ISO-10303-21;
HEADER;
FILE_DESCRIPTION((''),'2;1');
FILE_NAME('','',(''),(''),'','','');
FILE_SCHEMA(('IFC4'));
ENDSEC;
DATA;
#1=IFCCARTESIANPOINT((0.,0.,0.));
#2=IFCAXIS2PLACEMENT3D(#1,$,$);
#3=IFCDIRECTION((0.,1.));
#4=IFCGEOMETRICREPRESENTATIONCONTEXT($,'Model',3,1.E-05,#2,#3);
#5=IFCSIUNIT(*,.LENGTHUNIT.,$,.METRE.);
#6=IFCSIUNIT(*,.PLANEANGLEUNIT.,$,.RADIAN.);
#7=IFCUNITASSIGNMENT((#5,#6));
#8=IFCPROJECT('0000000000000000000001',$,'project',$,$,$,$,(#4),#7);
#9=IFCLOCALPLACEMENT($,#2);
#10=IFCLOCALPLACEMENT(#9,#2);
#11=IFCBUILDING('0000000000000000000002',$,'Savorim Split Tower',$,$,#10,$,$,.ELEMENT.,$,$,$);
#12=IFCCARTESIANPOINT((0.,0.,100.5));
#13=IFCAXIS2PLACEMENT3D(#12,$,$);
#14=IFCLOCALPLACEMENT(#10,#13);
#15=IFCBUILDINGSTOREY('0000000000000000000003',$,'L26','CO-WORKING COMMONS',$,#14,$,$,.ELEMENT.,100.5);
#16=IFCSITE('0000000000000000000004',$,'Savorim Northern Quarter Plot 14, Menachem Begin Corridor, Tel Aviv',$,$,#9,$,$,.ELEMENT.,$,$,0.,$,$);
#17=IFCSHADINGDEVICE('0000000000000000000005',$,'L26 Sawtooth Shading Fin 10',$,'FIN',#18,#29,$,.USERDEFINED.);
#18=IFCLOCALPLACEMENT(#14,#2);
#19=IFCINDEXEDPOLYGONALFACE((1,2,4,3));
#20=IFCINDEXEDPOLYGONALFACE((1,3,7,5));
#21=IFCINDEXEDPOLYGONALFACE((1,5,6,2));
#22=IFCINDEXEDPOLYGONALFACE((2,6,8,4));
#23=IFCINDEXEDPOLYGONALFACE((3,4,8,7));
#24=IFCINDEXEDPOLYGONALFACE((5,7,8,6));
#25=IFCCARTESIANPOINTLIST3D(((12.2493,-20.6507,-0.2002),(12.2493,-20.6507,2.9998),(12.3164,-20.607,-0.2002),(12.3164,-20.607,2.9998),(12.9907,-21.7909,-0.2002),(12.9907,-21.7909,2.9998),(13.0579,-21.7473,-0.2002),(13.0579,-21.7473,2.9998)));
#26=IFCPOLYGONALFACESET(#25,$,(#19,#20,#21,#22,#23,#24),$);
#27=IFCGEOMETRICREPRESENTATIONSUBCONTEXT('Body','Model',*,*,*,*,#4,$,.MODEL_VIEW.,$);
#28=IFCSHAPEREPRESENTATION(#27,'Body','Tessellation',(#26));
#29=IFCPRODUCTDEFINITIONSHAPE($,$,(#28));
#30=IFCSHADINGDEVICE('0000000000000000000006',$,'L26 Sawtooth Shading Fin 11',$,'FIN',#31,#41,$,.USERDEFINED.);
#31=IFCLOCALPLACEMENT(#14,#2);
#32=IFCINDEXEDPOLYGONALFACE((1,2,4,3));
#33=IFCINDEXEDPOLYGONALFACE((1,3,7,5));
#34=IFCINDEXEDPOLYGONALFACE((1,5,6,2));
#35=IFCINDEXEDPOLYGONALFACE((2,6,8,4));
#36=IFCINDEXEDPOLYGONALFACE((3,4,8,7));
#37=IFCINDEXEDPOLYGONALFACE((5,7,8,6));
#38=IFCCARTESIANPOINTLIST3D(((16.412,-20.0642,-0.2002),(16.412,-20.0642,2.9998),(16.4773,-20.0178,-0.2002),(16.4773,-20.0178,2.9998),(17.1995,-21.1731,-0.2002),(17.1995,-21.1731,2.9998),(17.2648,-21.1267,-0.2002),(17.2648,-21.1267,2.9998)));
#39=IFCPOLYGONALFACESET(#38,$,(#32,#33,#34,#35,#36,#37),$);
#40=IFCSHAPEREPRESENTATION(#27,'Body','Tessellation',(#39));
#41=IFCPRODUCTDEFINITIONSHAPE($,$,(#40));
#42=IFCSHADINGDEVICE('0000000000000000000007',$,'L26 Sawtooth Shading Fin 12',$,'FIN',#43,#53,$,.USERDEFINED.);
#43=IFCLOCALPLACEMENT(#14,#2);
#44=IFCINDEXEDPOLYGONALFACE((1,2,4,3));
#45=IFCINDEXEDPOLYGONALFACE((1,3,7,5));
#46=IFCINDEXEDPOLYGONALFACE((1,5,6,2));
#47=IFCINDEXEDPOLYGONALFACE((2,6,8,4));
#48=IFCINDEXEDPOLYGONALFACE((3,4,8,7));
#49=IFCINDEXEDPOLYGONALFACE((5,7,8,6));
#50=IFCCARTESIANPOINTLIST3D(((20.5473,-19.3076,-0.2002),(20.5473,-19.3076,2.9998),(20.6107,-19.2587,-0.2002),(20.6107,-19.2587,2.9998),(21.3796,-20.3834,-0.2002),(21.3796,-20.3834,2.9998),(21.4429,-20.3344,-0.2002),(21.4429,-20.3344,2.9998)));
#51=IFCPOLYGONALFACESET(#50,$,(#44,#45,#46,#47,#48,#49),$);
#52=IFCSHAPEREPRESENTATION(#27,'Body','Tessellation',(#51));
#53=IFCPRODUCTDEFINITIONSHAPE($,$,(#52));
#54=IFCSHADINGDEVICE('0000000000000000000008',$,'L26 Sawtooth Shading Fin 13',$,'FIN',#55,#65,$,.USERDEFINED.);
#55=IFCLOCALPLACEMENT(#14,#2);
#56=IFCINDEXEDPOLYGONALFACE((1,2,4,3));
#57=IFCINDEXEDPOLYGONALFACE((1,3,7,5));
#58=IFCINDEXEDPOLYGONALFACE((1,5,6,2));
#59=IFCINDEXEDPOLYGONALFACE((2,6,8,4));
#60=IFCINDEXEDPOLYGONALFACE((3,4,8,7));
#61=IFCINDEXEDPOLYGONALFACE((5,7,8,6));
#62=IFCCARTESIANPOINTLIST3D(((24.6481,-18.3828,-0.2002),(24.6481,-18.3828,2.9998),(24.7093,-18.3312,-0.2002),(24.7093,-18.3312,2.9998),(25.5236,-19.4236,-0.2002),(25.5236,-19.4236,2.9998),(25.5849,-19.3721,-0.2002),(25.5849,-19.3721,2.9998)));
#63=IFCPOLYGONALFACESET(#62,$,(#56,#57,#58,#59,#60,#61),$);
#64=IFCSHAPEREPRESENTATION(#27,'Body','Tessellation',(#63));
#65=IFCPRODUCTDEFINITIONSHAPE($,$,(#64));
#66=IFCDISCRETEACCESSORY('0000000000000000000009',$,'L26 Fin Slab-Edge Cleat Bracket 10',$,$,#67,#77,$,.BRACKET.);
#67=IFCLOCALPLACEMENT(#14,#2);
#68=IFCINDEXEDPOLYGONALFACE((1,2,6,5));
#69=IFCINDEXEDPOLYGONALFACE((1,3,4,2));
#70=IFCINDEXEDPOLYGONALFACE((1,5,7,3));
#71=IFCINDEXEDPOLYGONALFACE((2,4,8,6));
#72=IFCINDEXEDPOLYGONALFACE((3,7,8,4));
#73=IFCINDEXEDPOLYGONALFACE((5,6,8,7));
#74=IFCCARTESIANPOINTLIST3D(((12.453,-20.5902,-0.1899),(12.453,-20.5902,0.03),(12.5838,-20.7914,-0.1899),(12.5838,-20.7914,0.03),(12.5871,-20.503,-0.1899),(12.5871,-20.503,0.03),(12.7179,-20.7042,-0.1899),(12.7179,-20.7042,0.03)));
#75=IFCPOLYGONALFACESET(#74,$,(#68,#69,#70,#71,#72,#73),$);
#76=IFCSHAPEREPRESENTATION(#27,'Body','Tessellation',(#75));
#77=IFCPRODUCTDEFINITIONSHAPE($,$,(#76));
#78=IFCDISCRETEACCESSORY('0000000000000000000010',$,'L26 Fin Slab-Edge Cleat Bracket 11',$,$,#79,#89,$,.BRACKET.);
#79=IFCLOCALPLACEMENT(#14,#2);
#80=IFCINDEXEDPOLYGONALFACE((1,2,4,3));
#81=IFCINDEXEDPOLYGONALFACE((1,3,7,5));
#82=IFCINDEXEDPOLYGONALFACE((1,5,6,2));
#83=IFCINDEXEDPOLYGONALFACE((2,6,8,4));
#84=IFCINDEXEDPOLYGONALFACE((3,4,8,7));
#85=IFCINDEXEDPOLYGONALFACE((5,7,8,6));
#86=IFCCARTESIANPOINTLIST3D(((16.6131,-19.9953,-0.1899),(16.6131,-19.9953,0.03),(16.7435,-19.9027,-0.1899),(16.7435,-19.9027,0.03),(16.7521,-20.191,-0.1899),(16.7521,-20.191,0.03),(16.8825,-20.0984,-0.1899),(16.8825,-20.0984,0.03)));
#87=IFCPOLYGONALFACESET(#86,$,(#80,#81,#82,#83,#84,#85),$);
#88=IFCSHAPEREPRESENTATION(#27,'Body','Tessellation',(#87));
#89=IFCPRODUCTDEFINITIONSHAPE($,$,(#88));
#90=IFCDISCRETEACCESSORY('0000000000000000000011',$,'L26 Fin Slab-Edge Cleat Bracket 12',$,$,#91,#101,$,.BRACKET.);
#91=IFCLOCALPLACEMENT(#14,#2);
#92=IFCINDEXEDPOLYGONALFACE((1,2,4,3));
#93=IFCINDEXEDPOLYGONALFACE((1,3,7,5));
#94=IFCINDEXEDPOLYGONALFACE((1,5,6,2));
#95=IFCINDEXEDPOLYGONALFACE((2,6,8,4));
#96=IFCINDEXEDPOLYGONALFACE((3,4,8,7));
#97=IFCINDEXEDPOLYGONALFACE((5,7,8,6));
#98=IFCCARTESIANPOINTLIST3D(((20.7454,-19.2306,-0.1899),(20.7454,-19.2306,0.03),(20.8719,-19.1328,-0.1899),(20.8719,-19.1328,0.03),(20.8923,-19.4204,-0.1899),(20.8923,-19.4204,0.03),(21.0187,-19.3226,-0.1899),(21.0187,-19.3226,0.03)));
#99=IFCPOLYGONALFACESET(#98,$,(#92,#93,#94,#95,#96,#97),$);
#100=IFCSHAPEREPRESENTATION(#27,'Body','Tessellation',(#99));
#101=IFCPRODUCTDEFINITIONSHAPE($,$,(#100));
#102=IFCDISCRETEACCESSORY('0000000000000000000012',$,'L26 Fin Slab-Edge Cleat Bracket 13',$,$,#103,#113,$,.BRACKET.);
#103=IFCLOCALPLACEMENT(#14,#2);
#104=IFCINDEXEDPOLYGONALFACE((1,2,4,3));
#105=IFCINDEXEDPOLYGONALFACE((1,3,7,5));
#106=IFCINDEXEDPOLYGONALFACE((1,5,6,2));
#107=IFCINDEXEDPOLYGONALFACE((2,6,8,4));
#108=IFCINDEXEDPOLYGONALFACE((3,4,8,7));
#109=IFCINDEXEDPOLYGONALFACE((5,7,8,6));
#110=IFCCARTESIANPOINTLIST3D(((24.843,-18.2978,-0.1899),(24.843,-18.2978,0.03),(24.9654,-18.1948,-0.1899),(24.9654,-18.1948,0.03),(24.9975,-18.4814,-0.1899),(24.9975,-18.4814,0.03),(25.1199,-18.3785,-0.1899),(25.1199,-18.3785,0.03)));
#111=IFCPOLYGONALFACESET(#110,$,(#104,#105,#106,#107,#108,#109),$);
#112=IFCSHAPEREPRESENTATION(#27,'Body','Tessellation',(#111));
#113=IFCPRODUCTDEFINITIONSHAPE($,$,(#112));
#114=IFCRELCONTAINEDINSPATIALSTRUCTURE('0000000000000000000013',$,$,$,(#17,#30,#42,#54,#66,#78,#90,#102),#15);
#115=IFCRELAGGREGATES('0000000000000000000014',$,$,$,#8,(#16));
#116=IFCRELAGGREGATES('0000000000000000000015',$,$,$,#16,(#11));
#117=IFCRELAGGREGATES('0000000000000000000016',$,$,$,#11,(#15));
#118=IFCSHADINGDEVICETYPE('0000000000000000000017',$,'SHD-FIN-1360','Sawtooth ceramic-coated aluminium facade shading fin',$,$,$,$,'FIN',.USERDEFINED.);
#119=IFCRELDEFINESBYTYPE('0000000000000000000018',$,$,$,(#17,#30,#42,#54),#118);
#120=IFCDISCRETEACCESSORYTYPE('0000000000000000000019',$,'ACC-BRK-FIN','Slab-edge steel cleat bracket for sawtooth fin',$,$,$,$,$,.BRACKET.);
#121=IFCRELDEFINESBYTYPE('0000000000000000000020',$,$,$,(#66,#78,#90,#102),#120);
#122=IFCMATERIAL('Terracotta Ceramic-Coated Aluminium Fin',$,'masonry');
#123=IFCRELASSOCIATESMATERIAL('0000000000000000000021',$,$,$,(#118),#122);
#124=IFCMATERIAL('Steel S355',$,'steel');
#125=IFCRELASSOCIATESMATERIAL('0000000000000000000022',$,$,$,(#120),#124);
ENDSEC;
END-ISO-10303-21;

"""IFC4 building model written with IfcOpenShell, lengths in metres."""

from ifc_helpers import new_model, si_unit, direction, frame, origin, origin_2d, place, context, subcontext, project, spatial, rectangle, extrude, material, type_object, element, save


model = new_model("IFC4")

# Units and contexts
model_context = context("Model", 3, precision=1e-05, world=origin(), true_north=direction((0.0, 1.0)))
body_context = subcontext(model_context, "Body", "Model", "MODEL_VIEW")
ifc_project = project(units=[si_unit("LENGTHUNIT", "METRE"), si_unit("PLANEANGLEUNIT", "RADIAN")], contexts=[model_context])

# Site, building, storey
site_placement = place(None, origin())
site = spatial("IfcSite", under=ifc_project, at=site_placement, Name="Savorim Northern Quarter Plot 14, Menachem Begin Corridor, Tel Aviv", CompositionType="ELEMENT", RefElevation=0.0)
building_placement = place(site_placement, origin())
building = spatial("IfcBuilding", under=site, at=building_placement, Name="Savorim Split Tower", CompositionType="ELEMENT")
storey_placement = place(building_placement, frame((0.0, 0.0, 100.5)))
storey = spatial("IfcBuildingStorey", under=building, at=storey_placement, Name="L26", Description="CO-WORKING COMMONS", CompositionType="ELEMENT", Elevation=100.5)

# Shading devices
ifc_material_1 = material(Name="Terracotta Ceramic-Coated Aluminium Fin", Category="masonry")
shading_device_type = type_object("IfcShadingDeviceType", Name="SHD-FIN-1360", Description="Sawtooth ceramic-coated aluminium facade shading fin", ElementType="FIN", PredefinedType="USERDEFINED", material=ifc_material_1)
for number, where, z_axis, x_axis, name in (
    (1, (12.6536, -21.199, -0.2002), (0.0, 0.0, 1.0), (0.545148, -0.83834, 0.0), "L26 Sawtooth Shading Fin 10"),
    (2, (16.8384, -20.5955, -0.2002), (0.0, 0.0, 1.0), (0.578994, -0.815332, 0.0), "L26 Sawtooth Shading Fin 11"),
    (3, (20.9951, -19.821, -0.2002), (0.0, 0.0, 1.0), (0.611868, -0.79096, 0.0), "L26 Sawtooth Shading Fin 12"),
    (4, (25.1165, -18.8774, -0.2002), (0.0, 0.0, 1.0), (0.643719, -0.765262, 0.0), "L26 Sawtooth Shading Fin 13"),
):
    element("IfcShadingDevice", number, at=place(storey_placement, frame(where, z_axis=z_axis, x_axis=x_axis)), inside=storey, type_object=shading_device_type, Name=name, ObjectType="FIN", PredefinedType="USERDEFINED", context=body_context, shape_type="SweptSolid", body=[
        extrude(rectangle(XDim=1.3601, YDim=0.0801, at=origin_2d()), origin(), (0.0, 0.0, 1.0), 3.2),
    ])

# Discrete accessories
ifc_material_2 = material(Name="Steel S355", Category="steel")
discrete_accessory_type = type_object("IfcDiscreteAccessoryType", Name="ACC-BRK-FIN", Description="Slab-edge steel cleat bracket for sawtooth fin", PredefinedType="BRACKET", material=ifc_material_2)
for number, where, z_axis, x_axis, name in (
    (5, (12.5854, -20.6472, -0.1899), (0.0, 0.0, 1.0), (0.545148, -0.83834, 0.0), "L26 Fin Slab-Edge Cleat Bracket 10"),
    (6, (16.7478, -20.0469, -0.1899), (0.0, 0.0, 1.0), (0.578994, -0.815332, 0.0), "L26 Fin Slab-Edge Cleat Bracket 11"),
    (7, (20.8821, -19.2766, -0.1899), (0.0, 0.0, 1.0), (0.611868, -0.79096, 0.0), "L26 Fin Slab-Edge Cleat Bracket 12"),
    (8, (24.9814, -18.3381, -0.1899), (0.0, 0.0, 1.0), (0.643719, -0.765262, 0.0), "L26 Fin Slab-Edge Cleat Bracket 13"),
):
    element("IfcDiscreteAccessory", number, at=place(storey_placement, frame(where, z_axis=z_axis, x_axis=x_axis)), inside=storey, type_object=discrete_accessory_type, Name=name, PredefinedType="BRACKET", context=body_context, shape_type="SweptSolid", body=[
        extrude(rectangle(XDim=0.24, YDim=0.1599, at=origin_2d()), origin(), (0.0, 0.0, 1.0), 0.22),
    ])

save(model, "model.ifc")
